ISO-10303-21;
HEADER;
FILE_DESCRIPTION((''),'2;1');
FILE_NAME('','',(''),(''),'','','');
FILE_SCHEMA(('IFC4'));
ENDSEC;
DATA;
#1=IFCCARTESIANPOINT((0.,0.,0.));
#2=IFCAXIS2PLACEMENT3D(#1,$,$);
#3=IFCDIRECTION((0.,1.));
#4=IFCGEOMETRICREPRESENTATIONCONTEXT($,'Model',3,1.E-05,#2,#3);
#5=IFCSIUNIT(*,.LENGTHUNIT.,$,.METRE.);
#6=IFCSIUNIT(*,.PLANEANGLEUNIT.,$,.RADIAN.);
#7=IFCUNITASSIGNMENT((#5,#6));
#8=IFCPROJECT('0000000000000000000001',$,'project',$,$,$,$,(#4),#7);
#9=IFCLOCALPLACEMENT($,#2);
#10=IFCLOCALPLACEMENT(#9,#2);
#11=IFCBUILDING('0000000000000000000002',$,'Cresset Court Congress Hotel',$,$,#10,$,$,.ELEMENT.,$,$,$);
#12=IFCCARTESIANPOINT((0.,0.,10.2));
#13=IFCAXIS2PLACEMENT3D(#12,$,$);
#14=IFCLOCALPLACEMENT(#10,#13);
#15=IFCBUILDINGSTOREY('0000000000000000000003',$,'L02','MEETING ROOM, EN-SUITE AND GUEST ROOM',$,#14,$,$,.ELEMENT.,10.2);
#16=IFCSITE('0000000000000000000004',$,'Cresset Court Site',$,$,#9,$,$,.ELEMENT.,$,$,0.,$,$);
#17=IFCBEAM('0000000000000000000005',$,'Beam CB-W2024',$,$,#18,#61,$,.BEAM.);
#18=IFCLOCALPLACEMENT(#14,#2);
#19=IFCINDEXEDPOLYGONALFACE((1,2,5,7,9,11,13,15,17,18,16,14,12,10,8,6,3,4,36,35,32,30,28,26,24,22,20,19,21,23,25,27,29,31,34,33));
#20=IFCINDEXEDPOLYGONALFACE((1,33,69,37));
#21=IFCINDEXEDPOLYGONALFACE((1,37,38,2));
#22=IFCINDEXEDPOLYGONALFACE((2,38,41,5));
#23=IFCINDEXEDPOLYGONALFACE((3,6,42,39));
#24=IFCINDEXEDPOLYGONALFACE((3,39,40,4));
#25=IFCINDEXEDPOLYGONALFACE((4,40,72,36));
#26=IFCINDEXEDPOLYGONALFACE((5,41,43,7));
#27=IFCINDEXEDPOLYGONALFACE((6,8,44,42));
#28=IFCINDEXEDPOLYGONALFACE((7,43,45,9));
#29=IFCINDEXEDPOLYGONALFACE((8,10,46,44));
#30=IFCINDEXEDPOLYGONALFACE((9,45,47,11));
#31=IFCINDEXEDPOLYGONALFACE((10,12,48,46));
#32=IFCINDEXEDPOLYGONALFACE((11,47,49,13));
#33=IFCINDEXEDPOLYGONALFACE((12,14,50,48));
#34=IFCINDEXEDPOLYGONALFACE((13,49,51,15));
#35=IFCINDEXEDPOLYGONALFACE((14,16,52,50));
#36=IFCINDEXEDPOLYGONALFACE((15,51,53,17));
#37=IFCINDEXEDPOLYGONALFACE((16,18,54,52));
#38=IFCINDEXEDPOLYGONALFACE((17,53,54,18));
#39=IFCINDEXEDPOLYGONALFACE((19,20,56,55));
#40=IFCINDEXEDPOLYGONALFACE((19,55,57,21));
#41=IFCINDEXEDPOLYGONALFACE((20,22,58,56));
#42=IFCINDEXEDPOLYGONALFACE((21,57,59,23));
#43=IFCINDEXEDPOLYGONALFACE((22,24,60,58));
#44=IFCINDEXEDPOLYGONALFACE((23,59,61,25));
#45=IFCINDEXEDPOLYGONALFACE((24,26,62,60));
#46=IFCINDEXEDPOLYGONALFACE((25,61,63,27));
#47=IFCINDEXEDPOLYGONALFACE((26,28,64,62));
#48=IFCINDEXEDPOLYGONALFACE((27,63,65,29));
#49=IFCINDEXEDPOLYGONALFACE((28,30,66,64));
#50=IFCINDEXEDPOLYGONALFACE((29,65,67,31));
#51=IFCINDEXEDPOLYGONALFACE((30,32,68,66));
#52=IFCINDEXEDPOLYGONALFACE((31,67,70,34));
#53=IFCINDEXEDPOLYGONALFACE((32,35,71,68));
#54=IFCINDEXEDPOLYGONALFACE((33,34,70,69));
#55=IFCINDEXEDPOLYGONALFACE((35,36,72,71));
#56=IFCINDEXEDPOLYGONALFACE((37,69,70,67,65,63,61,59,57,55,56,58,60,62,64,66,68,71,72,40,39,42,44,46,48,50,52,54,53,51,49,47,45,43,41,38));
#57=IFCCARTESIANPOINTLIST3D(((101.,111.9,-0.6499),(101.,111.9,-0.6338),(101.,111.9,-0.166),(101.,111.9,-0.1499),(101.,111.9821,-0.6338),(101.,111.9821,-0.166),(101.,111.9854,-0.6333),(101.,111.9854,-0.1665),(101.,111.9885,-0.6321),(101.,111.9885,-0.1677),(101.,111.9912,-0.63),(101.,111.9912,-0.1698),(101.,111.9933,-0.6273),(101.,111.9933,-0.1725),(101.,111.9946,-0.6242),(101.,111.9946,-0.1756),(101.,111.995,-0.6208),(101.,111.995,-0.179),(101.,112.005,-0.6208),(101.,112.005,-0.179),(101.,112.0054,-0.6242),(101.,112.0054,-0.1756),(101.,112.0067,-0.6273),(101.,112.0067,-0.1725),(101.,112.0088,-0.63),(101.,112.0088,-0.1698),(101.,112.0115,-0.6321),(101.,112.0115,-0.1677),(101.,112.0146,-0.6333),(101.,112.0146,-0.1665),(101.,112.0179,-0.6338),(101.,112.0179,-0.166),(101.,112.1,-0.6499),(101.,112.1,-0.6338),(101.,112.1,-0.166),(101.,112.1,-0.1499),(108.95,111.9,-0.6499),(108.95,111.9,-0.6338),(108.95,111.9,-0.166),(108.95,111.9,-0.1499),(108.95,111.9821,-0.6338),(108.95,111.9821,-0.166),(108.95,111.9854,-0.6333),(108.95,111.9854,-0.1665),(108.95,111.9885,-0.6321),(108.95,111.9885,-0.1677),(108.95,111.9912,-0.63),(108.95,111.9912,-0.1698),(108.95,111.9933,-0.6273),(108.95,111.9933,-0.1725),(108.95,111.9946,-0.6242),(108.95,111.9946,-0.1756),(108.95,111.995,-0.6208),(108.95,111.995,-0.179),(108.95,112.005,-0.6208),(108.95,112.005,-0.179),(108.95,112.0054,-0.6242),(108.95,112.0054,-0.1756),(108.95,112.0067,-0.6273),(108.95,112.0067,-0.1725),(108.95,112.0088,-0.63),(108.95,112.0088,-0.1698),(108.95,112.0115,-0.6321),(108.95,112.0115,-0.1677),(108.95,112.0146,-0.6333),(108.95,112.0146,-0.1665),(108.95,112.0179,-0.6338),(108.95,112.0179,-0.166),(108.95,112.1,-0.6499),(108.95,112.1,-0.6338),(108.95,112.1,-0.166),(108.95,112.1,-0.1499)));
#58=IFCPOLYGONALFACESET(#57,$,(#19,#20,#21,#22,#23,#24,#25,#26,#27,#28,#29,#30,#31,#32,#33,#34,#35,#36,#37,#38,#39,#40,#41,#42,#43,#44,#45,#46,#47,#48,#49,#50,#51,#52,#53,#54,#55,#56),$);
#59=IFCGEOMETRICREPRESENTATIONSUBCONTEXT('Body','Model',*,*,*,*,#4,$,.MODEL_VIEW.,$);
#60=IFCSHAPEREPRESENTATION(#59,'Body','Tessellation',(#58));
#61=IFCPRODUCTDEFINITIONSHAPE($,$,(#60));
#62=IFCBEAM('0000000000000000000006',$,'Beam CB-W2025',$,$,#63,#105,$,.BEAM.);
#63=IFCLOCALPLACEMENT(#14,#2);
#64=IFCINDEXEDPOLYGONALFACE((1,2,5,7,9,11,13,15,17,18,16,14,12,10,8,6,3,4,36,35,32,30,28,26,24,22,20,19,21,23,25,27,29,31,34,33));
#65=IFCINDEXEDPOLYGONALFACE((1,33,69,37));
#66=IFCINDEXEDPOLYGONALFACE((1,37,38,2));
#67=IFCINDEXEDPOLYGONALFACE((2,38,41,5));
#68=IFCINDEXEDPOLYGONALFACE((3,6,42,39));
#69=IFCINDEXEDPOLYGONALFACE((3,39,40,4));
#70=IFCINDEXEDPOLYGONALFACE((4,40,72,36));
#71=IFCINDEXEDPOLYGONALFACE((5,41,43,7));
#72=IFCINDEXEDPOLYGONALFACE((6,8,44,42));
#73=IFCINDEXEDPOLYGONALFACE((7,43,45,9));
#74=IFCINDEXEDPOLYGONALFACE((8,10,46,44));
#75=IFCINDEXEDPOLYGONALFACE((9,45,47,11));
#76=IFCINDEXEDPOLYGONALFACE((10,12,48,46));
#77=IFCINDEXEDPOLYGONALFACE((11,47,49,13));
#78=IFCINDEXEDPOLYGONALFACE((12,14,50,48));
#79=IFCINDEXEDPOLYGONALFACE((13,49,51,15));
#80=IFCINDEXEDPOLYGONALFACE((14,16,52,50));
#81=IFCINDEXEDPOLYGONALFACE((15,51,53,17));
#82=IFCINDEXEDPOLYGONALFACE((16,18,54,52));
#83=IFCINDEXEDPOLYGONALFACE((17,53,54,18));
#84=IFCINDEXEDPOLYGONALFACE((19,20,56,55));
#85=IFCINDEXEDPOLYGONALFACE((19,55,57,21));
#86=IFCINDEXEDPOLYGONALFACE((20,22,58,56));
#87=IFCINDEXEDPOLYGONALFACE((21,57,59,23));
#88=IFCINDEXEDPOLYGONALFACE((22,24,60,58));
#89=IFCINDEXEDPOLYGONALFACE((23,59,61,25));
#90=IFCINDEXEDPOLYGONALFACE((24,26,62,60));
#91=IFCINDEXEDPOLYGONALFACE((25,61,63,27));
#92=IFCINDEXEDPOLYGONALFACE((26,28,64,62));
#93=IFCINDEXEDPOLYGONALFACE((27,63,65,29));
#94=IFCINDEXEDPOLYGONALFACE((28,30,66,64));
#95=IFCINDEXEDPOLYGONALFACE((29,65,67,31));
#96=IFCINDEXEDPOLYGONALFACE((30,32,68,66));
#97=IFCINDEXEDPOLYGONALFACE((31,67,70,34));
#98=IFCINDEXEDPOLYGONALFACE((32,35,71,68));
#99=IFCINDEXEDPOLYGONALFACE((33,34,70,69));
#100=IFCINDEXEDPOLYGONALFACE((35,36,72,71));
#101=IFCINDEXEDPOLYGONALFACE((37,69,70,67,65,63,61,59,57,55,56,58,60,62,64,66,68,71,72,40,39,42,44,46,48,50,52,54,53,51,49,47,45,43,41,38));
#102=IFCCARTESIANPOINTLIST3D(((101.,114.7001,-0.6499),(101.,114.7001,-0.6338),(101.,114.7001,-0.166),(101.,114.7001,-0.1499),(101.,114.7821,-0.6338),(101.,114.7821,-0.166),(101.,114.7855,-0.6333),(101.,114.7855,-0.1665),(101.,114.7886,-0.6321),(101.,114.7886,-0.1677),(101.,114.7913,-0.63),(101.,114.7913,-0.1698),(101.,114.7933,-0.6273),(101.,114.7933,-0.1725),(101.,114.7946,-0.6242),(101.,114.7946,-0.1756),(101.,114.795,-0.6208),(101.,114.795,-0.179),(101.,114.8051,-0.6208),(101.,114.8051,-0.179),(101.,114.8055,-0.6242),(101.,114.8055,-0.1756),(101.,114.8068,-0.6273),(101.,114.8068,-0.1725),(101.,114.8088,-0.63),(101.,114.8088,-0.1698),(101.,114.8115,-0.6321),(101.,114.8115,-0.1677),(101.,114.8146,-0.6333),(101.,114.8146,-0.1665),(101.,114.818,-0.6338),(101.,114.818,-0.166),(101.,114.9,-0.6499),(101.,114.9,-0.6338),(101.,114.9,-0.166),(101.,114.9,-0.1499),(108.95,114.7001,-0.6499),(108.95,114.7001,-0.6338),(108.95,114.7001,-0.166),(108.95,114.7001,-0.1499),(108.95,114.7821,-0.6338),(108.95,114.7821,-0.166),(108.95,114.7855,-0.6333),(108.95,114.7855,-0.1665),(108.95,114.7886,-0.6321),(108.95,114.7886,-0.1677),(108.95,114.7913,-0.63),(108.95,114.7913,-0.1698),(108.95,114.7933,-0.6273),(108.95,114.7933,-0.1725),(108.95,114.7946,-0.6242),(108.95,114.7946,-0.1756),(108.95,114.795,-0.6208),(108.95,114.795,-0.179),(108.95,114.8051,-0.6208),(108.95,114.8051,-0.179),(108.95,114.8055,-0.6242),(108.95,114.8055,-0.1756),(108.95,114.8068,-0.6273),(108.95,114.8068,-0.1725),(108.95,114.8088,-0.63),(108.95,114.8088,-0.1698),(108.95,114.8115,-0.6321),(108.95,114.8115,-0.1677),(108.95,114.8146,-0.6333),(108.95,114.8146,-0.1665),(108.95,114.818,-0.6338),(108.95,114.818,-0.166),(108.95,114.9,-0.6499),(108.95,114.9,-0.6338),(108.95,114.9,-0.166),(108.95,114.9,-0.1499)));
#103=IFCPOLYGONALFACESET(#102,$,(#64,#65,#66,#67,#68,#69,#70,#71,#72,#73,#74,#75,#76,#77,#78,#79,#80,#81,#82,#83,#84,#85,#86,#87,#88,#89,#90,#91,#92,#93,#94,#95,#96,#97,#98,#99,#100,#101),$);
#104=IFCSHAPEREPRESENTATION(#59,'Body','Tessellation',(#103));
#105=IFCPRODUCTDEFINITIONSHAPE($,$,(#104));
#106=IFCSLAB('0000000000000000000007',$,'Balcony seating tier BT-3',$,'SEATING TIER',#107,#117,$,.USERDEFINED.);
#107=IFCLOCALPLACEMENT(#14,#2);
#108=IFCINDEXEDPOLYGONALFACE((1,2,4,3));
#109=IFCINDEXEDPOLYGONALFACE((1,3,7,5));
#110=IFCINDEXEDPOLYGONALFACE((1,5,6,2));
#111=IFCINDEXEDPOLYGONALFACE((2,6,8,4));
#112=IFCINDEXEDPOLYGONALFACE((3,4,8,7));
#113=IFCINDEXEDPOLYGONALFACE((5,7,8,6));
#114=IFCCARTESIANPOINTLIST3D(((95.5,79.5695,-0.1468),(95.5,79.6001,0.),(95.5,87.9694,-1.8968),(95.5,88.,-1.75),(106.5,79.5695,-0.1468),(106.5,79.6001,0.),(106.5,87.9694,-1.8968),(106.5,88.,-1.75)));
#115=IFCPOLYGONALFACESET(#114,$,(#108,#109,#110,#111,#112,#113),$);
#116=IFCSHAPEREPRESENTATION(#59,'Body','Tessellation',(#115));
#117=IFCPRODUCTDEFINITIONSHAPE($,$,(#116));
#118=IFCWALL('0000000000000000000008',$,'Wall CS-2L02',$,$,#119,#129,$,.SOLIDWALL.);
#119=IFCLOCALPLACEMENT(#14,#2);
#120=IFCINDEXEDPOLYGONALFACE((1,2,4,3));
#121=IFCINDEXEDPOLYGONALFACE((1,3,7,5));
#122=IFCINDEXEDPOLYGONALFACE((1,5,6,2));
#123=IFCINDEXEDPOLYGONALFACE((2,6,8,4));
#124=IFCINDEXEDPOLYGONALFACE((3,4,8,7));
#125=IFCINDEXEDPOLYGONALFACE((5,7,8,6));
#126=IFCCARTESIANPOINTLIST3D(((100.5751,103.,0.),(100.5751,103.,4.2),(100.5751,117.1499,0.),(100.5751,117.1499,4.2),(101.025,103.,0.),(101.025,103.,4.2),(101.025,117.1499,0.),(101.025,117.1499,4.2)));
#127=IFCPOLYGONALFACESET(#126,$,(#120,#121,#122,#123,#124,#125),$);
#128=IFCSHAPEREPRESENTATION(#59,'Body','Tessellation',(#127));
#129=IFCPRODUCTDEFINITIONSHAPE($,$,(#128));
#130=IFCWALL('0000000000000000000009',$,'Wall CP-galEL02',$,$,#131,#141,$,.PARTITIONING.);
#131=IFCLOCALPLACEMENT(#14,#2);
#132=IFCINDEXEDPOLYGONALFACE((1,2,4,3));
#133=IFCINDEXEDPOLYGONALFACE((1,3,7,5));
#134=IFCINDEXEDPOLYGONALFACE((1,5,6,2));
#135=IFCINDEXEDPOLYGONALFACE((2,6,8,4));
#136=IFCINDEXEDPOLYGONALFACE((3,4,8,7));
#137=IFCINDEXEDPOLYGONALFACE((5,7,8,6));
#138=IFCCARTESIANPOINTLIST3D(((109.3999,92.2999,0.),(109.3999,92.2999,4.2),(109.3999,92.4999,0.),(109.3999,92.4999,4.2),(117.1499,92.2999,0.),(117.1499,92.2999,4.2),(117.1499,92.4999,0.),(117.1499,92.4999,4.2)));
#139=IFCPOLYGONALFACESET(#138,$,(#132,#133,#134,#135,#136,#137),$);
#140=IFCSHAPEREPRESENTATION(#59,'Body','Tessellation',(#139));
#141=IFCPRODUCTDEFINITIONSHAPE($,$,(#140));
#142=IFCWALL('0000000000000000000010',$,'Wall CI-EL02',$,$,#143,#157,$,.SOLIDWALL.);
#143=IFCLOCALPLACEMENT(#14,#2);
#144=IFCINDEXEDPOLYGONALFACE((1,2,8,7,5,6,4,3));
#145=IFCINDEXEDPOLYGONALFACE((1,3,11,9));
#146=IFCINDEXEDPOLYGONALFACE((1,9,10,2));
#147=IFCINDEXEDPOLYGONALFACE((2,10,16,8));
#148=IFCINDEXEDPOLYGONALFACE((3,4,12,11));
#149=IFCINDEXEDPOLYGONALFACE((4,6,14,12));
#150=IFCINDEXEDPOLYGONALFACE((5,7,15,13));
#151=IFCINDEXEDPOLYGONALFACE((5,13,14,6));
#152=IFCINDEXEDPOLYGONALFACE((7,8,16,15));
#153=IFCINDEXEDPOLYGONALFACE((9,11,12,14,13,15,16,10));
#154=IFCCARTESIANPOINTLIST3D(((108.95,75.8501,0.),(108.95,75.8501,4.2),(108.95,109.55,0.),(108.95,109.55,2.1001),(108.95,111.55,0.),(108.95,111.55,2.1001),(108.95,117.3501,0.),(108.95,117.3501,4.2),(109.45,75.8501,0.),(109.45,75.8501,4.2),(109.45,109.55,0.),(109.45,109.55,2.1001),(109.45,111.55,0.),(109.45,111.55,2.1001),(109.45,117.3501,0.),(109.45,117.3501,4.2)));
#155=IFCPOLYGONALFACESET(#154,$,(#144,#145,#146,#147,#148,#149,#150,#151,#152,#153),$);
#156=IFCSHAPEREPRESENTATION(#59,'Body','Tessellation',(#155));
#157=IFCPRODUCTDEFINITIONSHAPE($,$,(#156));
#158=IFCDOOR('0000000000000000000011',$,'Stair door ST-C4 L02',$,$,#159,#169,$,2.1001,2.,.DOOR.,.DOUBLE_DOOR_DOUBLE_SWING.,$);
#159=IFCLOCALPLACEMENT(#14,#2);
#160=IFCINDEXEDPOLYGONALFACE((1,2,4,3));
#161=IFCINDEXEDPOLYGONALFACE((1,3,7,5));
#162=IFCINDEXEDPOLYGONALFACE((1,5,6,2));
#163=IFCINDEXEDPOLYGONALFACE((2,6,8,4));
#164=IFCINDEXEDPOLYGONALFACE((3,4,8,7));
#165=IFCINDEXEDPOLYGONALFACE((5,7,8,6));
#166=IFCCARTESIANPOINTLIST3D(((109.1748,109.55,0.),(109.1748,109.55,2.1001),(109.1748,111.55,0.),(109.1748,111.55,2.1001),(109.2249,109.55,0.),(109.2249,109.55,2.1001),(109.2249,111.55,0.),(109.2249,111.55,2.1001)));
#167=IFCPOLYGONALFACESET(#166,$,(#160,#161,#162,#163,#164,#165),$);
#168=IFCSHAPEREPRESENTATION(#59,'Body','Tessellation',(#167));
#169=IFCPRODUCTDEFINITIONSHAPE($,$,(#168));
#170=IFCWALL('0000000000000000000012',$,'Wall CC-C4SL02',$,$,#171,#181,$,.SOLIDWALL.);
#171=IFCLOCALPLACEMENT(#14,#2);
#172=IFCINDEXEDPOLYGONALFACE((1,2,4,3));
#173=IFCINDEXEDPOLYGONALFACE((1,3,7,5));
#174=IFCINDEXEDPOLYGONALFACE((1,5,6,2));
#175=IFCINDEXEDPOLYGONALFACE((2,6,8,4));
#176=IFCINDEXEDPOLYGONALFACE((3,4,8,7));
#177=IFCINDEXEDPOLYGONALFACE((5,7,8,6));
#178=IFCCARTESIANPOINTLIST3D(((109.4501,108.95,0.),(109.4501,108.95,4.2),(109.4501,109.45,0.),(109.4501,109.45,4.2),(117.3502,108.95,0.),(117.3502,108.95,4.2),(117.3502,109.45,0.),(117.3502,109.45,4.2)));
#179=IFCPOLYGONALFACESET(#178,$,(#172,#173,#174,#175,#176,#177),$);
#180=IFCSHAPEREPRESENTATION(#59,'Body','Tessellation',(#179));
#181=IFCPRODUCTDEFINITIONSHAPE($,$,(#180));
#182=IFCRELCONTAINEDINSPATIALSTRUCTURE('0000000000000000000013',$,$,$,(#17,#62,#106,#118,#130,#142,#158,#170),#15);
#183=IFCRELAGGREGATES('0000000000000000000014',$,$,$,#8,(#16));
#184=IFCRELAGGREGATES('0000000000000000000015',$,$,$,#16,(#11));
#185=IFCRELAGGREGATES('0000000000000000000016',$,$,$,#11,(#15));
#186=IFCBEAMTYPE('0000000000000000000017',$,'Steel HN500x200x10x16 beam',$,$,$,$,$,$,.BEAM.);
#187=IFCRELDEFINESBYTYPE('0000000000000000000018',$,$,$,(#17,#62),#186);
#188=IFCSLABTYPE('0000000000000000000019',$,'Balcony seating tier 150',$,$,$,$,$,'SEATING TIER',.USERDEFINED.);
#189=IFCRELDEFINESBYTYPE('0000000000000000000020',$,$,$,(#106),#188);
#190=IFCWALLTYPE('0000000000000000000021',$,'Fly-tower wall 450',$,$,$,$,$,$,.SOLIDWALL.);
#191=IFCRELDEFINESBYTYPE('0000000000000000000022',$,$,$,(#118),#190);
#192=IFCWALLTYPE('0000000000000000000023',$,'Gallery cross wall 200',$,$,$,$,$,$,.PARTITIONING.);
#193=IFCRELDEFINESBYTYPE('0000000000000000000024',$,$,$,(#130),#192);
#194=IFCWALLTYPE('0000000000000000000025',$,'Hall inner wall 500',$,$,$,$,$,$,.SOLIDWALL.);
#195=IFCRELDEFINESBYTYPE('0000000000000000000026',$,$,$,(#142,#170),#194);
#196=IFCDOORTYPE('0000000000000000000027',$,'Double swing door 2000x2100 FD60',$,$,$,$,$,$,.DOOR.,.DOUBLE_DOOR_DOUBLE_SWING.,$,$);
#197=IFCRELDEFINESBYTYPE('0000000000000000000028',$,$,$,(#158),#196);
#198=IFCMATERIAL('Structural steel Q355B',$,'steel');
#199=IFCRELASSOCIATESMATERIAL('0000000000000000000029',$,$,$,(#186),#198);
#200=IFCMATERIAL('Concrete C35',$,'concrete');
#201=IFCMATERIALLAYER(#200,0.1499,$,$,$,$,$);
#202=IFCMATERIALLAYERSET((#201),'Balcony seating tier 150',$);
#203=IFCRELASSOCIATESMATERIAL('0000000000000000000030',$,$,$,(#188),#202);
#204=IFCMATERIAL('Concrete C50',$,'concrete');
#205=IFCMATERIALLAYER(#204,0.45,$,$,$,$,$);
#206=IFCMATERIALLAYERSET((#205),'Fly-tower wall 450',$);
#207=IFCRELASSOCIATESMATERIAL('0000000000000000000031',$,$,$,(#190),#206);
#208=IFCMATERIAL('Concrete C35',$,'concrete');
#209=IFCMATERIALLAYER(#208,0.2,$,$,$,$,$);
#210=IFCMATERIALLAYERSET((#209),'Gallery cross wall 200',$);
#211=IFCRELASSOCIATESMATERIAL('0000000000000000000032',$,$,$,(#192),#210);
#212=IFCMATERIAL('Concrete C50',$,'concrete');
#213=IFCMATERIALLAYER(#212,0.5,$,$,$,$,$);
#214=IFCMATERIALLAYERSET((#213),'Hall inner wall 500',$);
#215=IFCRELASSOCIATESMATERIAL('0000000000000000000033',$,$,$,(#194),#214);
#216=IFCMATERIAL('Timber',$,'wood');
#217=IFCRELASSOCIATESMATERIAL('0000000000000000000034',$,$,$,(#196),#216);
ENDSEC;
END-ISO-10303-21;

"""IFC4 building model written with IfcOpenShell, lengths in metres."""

from ifc_helpers import new_model, si_unit, direction, frame, frame_2d, origin, origin_2d, place, context, subcontext, project, spatial, polyline, rectangle, i_section, outline, extrude, material, layer, layer_set, material_profile, profile_set, type_object, element, fill, save


model = new_model("IFC4")

# Units and contexts
model_context = context("Model", 3, precision=1e-05, world=origin(), true_north=direction((0.0, 1.0)))
body_context = subcontext(model_context, "Body", "Model", "MODEL_VIEW")
ifc_project = project(units=[si_unit("LENGTHUNIT", "METRE"), si_unit("PLANEANGLEUNIT", "RADIAN")], contexts=[model_context])

# Site, building, storey
site_placement = place(None, origin())
site = spatial("IfcSite", under=ifc_project, at=site_placement, Name="Cresset Court Site", CompositionType="ELEMENT", RefElevation=0.0)
building_placement = place(site_placement, origin())
building = spatial("IfcBuilding", under=site, at=building_placement, Name="Cresset Court Congress Hotel", CompositionType="ELEMENT")
storey_placement = place(building_placement, frame((0.0, 0.0, 10.2)))
storey = spatial("IfcBuildingStorey", under=building, at=storey_placement, Name="L02", Description="MEETING ROOM, EN-SUITE AND GUEST ROOM", CompositionType="ELEMENT", Elevation=10.2)

# Beams
ifc_material_1 = material(Name="Structural steel Q355B", Category="steel")
ifc_material_profile_1 = material_profile(ifc_material_1, i_section(OverallWidth=0.2, OverallDepth=0.5, WebThickness=0.01, FlangeThickness=0.0161, FilletRadius=0.0129, at=origin_2d()), Name="HN500x200x10x16")
ifc_profile_set_1 = profile_set([ifc_material_profile_1], Name="Structural steel Q355B")
beam_type_1 = type_object("IfcBeamType", Name="Steel HN500x200x10x16 beam", PredefinedType="BEAM", material=ifc_profile_set_1)
for number, where, z_axis, x_axis, name in (
    (1, (101.0, 112.0, -0.3999), (1.0, 0.0, 0.0), (0.0, 1.0, 0.0), "Beam CB-W2024"),
    (2, (101.0, 114.8, -0.3999), (1.0, 0.0, 0.0), (0.0, 1.0, 0.0), "Beam CB-W2025"),
):
    element("IfcBeam", number, at=place(storey_placement, frame(where, z_axis=z_axis, x_axis=x_axis)), inside=storey, type_object=beam_type_1, Name=name, PredefinedType="BEAM", context=body_context, shape_type="SweptSolid", body=[
        extrude(i_section(OverallWidth=0.2, OverallDepth=0.5, WebThickness=0.01, FlangeThickness=0.0161, FilletRadius=0.0129, at=origin_2d()), origin(), (0.0, 0.0, 1.0), 7.95),
    ])

# Slab
ifc_material_2 = material(Name="Concrete C35", Category="concrete")
ifc_layer_1 = layer(ifc_material_2, 0.1499)
ifc_layer_set_1 = layer_set([ifc_layer_1], Name="Balcony seating tier 150")
slab_type = type_object("IfcSlabType", Name="Balcony seating tier 150", ElementType="SEATING TIER", PredefinedType="USERDEFINED", material=ifc_layer_set_1)
slab_placement = place(storey_placement, frame((95.5, 88.0, -1.75), z_axis=(0.0, 0.203957, 0.97898), x_axis=(1.0, 0.0, 0.0)))
element("IfcSlab", 3, at=slab_placement, inside=storey, type_object=slab_type, Name="Balcony seating tier BT-3", ObjectType="SEATING TIER", PredefinedType="USERDEFINED", context=body_context, shape_type="SweptSolid", body=[
    extrude(outline(polyline([(0.0, 0.0), (11.0, 0.0), (11.0, -8.5803), (0.0, -8.5803), (0.0, 0.0)])), origin(), (0.0, 0.0, -1.0), 0.1499),
])

# Walls
ifc_material_3 = material(Name="Concrete C50", Category="concrete")
ifc_layer_2 = layer(ifc_material_3, 0.45)
ifc_layer_set_2 = layer_set([ifc_layer_2], Name="Fly-tower wall 450")
wall_type_1 = type_object("IfcWallType", Name="Fly-tower wall 450", PredefinedType="SOLIDWALL", material=ifc_layer_set_2)
wall_1_placement = place(storey_placement, frame((100.8, 103.0, 0.0), z_axis=(0.0, 0.0, 1.0), x_axis=(0.0, 1.0, 0.0)))
element("IfcWall", 4, at=wall_1_placement, inside=storey, type_object=wall_type_1, Name="Wall CS-2L02", PredefinedType="SOLIDWALL", context=body_context, shape_type="SweptSolid", body=[
    extrude(rectangle(XDim=14.1499, YDim=0.45, at=frame_2d((7.075, 0.0))), origin(), (0.0, 0.0, 1.0), 4.2),
])
ifc_material_4 = material(Name="Concrete C35", Category="concrete")
ifc_layer_3 = layer(ifc_material_4, 0.2)
ifc_layer_set_3 = layer_set([ifc_layer_3], Name="Gallery cross wall 200")
wall_type_2 = type_object("IfcWallType", Name="Gallery cross wall 200", PredefinedType="PARTITIONING", material=ifc_layer_set_3)
wall_2_placement = place(storey_placement, frame((109.3999, 92.3999, 0.0), z_axis=(0.0, 0.0, 1.0), x_axis=(1.0, 0.0, 0.0)))
element("IfcWall", 5, at=wall_2_placement, inside=storey, type_object=wall_type_2, Name="Wall CP-galEL02", PredefinedType="PARTITIONING", context=body_context, shape_type="SweptSolid", body=[
    extrude(rectangle(XDim=7.75, YDim=0.2, at=frame_2d((3.875, 0.0))), origin(), (0.0, 0.0, 1.0), 4.2),
])

# Wall, opening, door
ifc_material_5 = material(Name="Concrete C50", Category="concrete")
ifc_layer_4 = layer(ifc_material_5, 0.5)
ifc_layer_set_4 = layer_set([ifc_layer_4], Name="Hall inner wall 500")
wall_type_3 = type_object("IfcWallType", Name="Hall inner wall 500", PredefinedType="SOLIDWALL", material=ifc_layer_set_4)
wall_3_placement = place(storey_placement, frame((109.2, 117.3501, 0.0), z_axis=(0.0, 0.0, 1.0), x_axis=(0.0, -1.0, 0.0)))
wall_3 = element("IfcWall", 6, at=wall_3_placement, inside=storey, type_object=wall_type_3, Name="Wall CI-EL02", PredefinedType="SOLIDWALL", context=body_context, shape_type="SweptSolid", body=[
    extrude(rectangle(XDim=41.5, YDim=0.5, at=frame_2d((20.75, 0.0))), origin(), (0.0, 0.0, 1.0), 4.2),
])
opening_1_placement = place(wall_3_placement, frame((5.8, 0.0, 0.0)))
opening_1 = element("IfcOpeningElement", 7, at=opening_1_placement, cuts=wall_3, PredefinedType="OPENING", context=body_context, shape_type="SweptSolid", body=[
    extrude(rectangle(XDim=2.0, YDim=2.1001, at=frame_2d((1.0, 1.05))), frame((0.0, 0.26, 0.0), z_axis=(0.0, -1.0, 0.0), x_axis=(1.0, 0.0, 0.0)), (0.0, 0.0, 1.0), 0.52),
])
ifc_material_6 = material(Name="Timber", Category="wood")
door_type = type_object("IfcDoorType", Name="Double swing door 2000x2100 FD60", OperationType="DOUBLE_DOOR_DOUBLE_SWING", PredefinedType="DOOR", material=ifc_material_6)
door_placement = place(opening_1_placement, origin())
door = element("IfcDoor", 8, at=door_placement, inside=storey, type_object=door_type, Name="Stair door ST-C4 L02", OperationType="DOUBLE_DOOR_DOUBLE_SWING", OverallHeight=2.1001, OverallWidth=2.0, PredefinedType="DOOR", context=body_context, shape_type="SweptSolid", body=[
    extrude(rectangle(XDim=2.0, YDim=2.1001, at=frame_2d((1.0, 1.05))), frame((0.0, 0.0249, 0.0), z_axis=(0.0, -1.0, 0.0), x_axis=(1.0, 0.0, 0.0)), (0.0, 0.0, 1.0), 0.05),
])
fill(opening_1, door)

# Wall
wall_4_placement = place(storey_placement, frame((109.45, 109.2, 0.0), z_axis=(0.0, 0.0, 1.0), x_axis=(1.0, 0.0, 0.0)))
element("IfcWall", 9, at=wall_4_placement, inside=storey, type_object=wall_type_3, Name="Wall CC-C4SL02", PredefinedType="SOLIDWALL", context=body_context, shape_type="SweptSolid", body=[
    extrude(rectangle(XDim=7.9001, YDim=0.5, at=frame_2d((3.9502, 0.0))), origin(), (0.0, 0.0, 1.0), 4.2),
])

save(model, "model.ifc")
